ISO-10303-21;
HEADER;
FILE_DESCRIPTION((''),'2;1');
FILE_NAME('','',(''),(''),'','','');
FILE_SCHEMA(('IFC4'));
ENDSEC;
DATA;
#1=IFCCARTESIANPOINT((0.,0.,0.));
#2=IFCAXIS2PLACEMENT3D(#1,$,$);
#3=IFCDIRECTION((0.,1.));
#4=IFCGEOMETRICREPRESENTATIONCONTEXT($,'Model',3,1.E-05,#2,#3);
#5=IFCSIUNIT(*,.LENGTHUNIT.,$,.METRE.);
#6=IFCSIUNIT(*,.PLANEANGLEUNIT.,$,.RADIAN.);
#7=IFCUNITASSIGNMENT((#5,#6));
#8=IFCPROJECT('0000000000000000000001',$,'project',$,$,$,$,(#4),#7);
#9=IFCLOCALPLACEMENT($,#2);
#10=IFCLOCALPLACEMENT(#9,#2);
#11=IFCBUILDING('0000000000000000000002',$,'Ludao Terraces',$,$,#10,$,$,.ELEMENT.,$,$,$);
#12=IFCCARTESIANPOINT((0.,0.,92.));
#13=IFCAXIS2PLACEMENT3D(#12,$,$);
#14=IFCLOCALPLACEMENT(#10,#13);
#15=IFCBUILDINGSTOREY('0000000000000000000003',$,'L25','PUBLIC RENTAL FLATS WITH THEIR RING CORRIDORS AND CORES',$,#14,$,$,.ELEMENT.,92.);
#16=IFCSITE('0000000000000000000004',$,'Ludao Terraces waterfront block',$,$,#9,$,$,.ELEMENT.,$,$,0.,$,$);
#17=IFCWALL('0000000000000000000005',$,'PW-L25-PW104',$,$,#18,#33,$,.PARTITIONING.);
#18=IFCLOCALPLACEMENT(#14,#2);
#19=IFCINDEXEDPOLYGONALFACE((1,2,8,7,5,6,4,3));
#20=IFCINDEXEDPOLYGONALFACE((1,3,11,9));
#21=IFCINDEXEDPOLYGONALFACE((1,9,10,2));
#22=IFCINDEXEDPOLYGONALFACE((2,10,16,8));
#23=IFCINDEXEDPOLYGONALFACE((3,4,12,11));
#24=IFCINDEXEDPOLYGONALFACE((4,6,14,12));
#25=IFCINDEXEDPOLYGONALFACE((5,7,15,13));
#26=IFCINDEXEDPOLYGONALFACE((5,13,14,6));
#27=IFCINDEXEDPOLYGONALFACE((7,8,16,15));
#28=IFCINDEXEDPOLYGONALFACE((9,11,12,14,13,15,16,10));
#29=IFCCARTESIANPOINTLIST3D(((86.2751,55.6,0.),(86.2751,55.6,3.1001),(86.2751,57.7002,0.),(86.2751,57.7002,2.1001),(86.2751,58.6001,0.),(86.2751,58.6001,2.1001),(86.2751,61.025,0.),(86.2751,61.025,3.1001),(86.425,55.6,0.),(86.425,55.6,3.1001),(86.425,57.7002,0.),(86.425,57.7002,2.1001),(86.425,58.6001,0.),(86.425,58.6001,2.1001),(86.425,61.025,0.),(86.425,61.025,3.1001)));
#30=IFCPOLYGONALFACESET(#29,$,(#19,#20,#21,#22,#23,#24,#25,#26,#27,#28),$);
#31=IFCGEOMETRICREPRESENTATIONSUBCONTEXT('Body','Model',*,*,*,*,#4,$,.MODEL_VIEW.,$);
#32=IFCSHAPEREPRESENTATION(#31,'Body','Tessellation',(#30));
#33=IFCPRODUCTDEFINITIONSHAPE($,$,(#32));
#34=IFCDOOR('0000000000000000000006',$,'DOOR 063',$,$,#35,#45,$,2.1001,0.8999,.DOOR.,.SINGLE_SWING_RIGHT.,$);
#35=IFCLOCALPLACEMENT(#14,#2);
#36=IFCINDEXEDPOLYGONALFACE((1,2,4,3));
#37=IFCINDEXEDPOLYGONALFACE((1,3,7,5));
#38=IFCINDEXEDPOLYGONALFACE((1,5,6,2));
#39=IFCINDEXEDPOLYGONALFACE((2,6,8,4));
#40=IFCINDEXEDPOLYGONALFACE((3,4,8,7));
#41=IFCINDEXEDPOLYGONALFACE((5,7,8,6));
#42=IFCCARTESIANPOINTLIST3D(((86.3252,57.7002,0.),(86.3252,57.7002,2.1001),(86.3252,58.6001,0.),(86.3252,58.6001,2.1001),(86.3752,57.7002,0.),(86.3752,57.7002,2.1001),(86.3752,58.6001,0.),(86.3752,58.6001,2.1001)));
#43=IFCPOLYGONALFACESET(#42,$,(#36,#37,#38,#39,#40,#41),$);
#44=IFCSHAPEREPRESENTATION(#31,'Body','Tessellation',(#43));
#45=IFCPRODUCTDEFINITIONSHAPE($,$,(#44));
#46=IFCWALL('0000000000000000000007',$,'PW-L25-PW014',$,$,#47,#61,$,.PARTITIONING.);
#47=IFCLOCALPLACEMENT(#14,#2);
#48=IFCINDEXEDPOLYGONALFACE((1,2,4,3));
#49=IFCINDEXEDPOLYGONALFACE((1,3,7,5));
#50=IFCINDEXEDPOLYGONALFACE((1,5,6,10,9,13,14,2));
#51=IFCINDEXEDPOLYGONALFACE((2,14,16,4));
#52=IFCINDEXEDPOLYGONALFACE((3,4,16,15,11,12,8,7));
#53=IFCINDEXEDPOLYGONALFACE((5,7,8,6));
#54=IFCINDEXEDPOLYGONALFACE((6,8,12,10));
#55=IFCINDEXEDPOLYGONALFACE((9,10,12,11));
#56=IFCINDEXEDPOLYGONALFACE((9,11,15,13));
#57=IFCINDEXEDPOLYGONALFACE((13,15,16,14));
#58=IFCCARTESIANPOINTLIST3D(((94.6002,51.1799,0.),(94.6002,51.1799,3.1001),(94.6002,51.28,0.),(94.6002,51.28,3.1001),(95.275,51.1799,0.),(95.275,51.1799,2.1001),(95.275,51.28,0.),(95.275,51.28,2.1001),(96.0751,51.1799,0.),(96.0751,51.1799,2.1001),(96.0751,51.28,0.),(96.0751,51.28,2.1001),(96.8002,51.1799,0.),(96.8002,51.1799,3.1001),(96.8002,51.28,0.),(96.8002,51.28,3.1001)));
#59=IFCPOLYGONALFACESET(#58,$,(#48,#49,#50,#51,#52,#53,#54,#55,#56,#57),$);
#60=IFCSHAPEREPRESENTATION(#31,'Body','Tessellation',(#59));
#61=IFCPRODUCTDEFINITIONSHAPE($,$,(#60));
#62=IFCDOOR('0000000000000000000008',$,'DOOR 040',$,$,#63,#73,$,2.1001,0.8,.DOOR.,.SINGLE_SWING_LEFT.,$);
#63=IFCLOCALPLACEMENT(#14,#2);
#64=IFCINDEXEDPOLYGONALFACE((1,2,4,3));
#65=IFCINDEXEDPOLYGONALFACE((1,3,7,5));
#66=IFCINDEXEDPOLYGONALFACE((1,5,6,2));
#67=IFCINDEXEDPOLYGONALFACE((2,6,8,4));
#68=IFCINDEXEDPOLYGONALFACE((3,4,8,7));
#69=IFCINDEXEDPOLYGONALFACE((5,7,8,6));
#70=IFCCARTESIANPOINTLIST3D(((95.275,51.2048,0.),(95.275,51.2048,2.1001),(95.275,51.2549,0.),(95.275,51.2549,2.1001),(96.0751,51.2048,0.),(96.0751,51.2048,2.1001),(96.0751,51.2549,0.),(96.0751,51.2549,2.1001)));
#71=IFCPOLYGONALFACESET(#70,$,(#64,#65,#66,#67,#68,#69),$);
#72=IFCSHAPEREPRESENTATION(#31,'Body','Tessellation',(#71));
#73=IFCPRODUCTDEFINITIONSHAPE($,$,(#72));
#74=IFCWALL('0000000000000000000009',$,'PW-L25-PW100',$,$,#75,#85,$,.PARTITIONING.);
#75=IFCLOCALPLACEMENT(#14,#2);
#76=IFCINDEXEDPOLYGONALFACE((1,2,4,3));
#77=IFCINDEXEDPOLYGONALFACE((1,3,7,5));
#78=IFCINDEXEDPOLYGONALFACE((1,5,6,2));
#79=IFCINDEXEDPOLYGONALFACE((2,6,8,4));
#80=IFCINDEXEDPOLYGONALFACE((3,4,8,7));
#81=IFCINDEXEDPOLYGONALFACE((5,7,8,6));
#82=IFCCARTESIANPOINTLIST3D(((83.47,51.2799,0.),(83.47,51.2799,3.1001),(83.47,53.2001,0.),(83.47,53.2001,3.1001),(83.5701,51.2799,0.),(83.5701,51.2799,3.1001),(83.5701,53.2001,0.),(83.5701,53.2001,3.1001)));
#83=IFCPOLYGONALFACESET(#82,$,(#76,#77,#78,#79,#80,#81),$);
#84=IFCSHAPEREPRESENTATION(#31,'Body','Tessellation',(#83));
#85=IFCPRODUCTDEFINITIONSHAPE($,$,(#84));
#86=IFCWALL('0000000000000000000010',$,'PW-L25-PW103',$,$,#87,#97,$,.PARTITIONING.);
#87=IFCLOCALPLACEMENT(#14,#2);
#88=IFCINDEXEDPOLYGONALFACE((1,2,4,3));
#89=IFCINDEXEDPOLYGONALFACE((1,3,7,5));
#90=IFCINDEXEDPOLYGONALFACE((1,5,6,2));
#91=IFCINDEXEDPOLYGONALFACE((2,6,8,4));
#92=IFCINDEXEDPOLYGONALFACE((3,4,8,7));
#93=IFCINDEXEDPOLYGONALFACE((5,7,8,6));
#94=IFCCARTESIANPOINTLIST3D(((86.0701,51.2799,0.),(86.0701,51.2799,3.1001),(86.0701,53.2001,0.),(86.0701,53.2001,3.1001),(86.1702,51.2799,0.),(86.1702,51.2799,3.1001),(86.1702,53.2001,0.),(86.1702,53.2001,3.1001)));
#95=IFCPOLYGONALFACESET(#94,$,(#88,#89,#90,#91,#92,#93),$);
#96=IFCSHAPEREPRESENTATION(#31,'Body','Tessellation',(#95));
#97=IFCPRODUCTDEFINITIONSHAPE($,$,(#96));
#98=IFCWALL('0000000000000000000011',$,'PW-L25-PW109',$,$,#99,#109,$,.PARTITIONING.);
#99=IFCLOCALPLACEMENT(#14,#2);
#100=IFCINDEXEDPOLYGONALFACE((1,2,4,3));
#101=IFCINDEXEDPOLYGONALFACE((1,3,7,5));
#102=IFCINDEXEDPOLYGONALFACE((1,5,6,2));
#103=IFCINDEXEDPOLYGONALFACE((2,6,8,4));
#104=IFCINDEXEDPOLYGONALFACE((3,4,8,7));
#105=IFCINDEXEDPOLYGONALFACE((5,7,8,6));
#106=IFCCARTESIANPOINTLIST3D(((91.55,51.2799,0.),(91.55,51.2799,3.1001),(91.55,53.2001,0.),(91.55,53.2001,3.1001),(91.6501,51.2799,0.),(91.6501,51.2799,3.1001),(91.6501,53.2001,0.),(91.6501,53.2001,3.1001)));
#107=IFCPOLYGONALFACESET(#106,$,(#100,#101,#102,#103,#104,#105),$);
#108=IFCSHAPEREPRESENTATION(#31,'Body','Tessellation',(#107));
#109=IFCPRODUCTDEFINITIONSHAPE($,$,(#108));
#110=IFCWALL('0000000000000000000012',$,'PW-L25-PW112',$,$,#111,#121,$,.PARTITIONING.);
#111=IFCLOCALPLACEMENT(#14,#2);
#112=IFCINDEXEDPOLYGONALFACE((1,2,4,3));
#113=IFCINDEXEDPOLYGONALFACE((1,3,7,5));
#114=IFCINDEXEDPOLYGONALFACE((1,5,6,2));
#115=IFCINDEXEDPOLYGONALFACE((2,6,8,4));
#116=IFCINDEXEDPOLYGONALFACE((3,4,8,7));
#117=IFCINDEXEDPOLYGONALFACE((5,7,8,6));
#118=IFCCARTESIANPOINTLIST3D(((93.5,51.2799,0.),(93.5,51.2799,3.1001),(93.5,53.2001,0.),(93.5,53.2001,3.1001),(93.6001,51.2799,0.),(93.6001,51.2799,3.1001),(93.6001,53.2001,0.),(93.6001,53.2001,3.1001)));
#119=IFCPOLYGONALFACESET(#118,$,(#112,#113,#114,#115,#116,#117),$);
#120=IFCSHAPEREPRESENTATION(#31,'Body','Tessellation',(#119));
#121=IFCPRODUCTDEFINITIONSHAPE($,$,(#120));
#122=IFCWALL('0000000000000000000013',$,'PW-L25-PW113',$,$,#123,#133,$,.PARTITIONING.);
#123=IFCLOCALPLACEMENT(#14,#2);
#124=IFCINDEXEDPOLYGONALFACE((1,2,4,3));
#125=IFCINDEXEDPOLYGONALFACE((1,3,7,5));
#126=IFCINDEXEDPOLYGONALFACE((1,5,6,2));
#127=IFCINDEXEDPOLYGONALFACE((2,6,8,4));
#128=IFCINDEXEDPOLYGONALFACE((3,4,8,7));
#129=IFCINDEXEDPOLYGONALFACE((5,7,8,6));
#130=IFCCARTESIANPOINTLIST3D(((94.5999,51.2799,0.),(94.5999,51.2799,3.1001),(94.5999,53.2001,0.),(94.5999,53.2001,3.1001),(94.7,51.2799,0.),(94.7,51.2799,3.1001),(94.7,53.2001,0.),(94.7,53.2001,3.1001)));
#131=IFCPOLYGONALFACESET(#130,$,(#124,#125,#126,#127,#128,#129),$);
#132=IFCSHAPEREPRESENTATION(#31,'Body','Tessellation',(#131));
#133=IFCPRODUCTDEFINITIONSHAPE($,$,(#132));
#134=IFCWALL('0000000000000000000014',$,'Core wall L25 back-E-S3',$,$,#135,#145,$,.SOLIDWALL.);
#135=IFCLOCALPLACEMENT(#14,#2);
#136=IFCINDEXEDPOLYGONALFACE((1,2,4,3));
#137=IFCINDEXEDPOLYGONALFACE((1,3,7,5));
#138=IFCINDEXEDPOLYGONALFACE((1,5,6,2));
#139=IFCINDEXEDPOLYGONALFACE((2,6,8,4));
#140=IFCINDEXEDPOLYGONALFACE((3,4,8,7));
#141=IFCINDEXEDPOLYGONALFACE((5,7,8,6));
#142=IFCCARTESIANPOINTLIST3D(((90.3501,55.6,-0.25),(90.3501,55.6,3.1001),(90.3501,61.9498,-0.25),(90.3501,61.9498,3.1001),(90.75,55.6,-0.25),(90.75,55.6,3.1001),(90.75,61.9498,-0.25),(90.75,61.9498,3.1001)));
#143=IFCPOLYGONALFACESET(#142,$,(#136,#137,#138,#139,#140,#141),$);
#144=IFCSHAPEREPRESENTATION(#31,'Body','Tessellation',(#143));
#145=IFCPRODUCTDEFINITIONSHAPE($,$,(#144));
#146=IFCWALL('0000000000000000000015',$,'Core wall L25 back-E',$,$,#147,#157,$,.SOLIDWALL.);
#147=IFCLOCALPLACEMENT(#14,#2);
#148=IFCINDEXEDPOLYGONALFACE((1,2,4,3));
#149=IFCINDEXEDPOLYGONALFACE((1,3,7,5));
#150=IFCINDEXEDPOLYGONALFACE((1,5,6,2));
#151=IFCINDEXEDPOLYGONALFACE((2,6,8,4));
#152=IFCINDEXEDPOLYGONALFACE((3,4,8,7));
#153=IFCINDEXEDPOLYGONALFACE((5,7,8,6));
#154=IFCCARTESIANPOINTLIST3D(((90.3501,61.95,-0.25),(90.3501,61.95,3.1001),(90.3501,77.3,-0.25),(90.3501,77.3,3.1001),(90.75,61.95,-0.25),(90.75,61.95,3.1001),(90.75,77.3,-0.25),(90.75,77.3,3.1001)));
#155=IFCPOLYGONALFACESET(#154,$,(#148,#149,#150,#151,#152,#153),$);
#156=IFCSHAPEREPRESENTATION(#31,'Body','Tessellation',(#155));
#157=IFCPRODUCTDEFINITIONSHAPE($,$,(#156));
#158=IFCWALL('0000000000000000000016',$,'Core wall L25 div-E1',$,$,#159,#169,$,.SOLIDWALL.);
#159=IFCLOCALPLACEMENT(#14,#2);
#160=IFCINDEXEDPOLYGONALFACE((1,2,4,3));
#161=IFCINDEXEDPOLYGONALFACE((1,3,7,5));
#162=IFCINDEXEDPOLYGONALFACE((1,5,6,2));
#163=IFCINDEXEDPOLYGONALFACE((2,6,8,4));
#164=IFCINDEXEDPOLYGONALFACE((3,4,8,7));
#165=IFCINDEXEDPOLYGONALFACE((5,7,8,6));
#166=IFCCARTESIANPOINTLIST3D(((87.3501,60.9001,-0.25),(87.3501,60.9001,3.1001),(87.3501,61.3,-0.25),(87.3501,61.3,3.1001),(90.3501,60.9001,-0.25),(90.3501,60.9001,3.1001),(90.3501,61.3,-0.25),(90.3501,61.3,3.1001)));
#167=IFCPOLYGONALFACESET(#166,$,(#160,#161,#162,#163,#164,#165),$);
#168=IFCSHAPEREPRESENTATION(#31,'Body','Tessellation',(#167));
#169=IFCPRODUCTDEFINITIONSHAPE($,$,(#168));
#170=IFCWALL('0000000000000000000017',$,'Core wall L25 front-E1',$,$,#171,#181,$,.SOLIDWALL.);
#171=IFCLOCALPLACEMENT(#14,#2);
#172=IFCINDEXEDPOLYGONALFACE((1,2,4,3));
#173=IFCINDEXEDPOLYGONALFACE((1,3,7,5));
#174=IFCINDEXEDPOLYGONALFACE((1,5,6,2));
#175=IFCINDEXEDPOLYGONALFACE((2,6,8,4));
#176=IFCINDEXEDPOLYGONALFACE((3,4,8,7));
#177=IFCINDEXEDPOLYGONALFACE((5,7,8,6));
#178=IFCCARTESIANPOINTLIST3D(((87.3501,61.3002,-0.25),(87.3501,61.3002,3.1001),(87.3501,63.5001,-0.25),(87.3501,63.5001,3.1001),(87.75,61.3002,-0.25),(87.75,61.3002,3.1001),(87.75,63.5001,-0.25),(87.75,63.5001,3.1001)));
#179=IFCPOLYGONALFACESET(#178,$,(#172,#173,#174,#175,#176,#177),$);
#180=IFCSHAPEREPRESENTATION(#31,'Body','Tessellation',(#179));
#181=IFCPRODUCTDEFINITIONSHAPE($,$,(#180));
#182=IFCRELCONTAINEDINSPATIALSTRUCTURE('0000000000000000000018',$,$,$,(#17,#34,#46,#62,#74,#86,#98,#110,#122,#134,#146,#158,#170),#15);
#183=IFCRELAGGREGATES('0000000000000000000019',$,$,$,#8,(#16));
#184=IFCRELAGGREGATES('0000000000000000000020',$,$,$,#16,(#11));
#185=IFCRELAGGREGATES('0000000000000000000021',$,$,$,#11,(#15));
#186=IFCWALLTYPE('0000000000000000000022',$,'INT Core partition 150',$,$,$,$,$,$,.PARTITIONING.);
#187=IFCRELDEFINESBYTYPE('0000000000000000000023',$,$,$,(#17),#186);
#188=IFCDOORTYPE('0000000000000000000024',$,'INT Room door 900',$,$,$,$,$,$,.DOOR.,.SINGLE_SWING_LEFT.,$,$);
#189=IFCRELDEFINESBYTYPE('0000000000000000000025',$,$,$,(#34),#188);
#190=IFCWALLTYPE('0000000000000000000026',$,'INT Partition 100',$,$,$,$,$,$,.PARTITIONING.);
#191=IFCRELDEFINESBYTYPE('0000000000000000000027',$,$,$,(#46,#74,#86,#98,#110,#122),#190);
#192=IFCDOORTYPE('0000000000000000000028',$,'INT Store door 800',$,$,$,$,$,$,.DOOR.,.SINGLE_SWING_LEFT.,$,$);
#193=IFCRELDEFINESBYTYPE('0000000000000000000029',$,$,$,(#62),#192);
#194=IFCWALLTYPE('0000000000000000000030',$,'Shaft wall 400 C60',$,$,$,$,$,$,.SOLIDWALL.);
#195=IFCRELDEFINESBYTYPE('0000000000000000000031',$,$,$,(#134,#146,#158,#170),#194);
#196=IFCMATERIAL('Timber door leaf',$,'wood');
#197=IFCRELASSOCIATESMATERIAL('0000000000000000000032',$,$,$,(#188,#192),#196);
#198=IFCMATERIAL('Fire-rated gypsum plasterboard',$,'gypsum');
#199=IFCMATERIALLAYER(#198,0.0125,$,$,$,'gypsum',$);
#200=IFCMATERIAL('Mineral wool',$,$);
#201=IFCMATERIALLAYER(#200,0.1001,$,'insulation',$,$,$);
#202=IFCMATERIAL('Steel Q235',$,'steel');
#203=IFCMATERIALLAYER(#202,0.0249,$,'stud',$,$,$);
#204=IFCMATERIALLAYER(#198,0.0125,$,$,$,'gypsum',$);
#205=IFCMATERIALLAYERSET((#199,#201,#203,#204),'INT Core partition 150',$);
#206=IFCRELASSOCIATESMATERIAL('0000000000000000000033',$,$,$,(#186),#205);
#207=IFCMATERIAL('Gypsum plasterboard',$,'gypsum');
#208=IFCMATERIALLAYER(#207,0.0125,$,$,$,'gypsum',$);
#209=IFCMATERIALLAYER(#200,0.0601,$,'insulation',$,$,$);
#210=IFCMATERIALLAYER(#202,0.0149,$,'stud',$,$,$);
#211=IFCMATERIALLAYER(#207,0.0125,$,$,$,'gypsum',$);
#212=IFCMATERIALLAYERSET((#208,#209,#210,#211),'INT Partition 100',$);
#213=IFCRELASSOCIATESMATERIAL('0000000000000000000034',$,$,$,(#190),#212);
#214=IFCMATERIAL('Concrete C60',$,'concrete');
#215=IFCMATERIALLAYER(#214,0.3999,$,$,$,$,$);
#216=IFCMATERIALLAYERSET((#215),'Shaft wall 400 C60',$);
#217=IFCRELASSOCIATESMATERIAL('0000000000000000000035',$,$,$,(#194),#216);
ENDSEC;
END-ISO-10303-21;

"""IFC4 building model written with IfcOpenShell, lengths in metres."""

from ifc_helpers import new_model, si_unit, direction, frame, frame_2d, origin, place, context, subcontext, project, spatial, rectangle, extrude, material, layer, layer_set, type_object, element, fill, save


model = new_model("IFC4")

# Units and contexts
model_context = context("Model", 3, precision=1e-05, world=origin(), true_north=direction((0.0, 1.0)))
body_context = subcontext(model_context, "Body", "Model", "MODEL_VIEW")
ifc_project = project(units=[si_unit("LENGTHUNIT", "METRE"), si_unit("PLANEANGLEUNIT", "RADIAN")], contexts=[model_context])

# Site, building, storey
site_placement = place(None, origin())
site = spatial("IfcSite", under=ifc_project, at=site_placement, Name="Ludao Terraces waterfront block", CompositionType="ELEMENT", RefElevation=0.0)
building_placement = place(site_placement, origin())
building = spatial("IfcBuilding", under=site, at=building_placement, Name="Ludao Terraces", CompositionType="ELEMENT")
storey_placement = place(building_placement, frame((0.0, 0.0, 92.0)))
storey = spatial("IfcBuildingStorey", under=building, at=storey_placement, Name="L25", Description="PUBLIC RENTAL FLATS WITH THEIR RING CORRIDORS AND CORES", CompositionType="ELEMENT", Elevation=92.0)

# Shared definitions
ifc_material_1 = material(Name="Steel Q235", Category="steel")

# Shared definitions
ifc_material_2 = material(Name="Timber door leaf", Category="wood")
door_type_1 = type_object("IfcDoorType", Name="INT Room door 900", OperationType="SINGLE_SWING_LEFT", PredefinedType="DOOR", material=ifc_material_2)

# Walls, openings, doors
ifc_material_3 = material(Name="Fire-rated gypsum plasterboard", Category="gypsum")
ifc_layer_1 = layer(ifc_material_3, 0.0125, Category="gypsum")
ifc_material_4 = material(Name="Mineral wool")
ifc_layer_2 = layer(ifc_material_4, 0.1001, Name="insulation")
ifc_layer_3 = layer(ifc_material_1, 0.0249, Name="stud")
ifc_layer_4 = layer(ifc_material_3, 0.0125, Category="gypsum")
ifc_layer_set_1 = layer_set([ifc_layer_1, ifc_layer_2, ifc_layer_3, ifc_layer_4], Name="INT Core partition 150")
wall_type_1 = type_object("IfcWallType", Name="INT Core partition 150", PredefinedType="PARTITIONING", material=ifc_layer_set_1)
wall_1_placement = place(storey_placement, frame((86.3501, 55.6001, 0.0), z_axis=(0.0, 0.0, 1.0), x_axis=(0.0, 1.0, 0.0)))
wall_1 = element("IfcWall", 1, at=wall_1_placement, inside=storey, type_object=wall_type_1, Name="PW-L25-PW104", PredefinedType="PARTITIONING", context=body_context, shape_type="SweptSolid", body=[
    extrude(rectangle(XDim=5.425, YDim=0.1499, at=frame_2d((2.7124, 0.0))), origin(), (0.0, 0.0, 1.0), 3.1001),
])
opening_1_placement = place(wall_1_placement, frame((2.1001, 0.0, 0.0)))
opening_1 = element("IfcOpeningElement", 2, at=opening_1_placement, cuts=wall_1, PredefinedType="OPENING", context=body_context, shape_type="SweptSolid", body=[
    extrude(rectangle(XDim=0.8999, YDim=2.1001, at=frame_2d((0.45, 1.05))), frame((0.0, 0.085, 0.0), z_axis=(0.0, -1.0, 0.0), x_axis=(1.0, 0.0, 0.0)), (0.0, 0.0, 1.0), 0.1699),
])
door_1_placement = place(opening_1_placement, origin())
door_1 = element("IfcDoor", 3, at=door_1_placement, inside=storey, type_object=door_type_1, Name="DOOR 063", OperationType="SINGLE_SWING_RIGHT", OverallHeight=2.1001, OverallWidth=0.8999, PredefinedType="DOOR", context=body_context, shape_type="SweptSolid", body=[
    extrude(rectangle(XDim=0.8999, YDim=2.1001, at=frame_2d((0.45, 1.05))), frame((0.0, 0.0249, 0.0), z_axis=(0.0, -1.0, 0.0), x_axis=(1.0, 0.0, 0.0)), (0.0, 0.0, 1.0), 0.05),
])
fill(opening_1, door_1)
ifc_material_5 = material(Name="Gypsum plasterboard", Category="gypsum")
ifc_layer_5 = layer(ifc_material_5, 0.0125, Category="gypsum")
ifc_layer_6 = layer(ifc_material_4, 0.0601, Name="insulation")
ifc_layer_7 = layer(ifc_material_1, 0.0149, Name="stud")
ifc_layer_8 = layer(ifc_material_5, 0.0125, Category="gypsum")
ifc_layer_set_2 = layer_set([ifc_layer_5, ifc_layer_6, ifc_layer_7, ifc_layer_8], Name="INT Partition 100")
wall_type_2 = type_object("IfcWallType", Name="INT Partition 100", PredefinedType="PARTITIONING", material=ifc_layer_set_2)
wall_2_placement = place(storey_placement, frame((94.6001, 51.23, 0.0), z_axis=(0.0, 0.0, 1.0), x_axis=(1.0, 0.0, 0.0)))
wall_2 = element("IfcWall", 4, at=wall_2_placement, inside=storey, type_object=wall_type_2, Name="PW-L25-PW014", PredefinedType="PARTITIONING", context=body_context, shape_type="SweptSolid", body=[
    extrude(rectangle(XDim=2.2, YDim=0.1001, at=frame_2d((1.1001, 0.0))), origin(), (0.0, 0.0, 1.0), 3.1001),
])
opening_2_placement = place(wall_2_placement, frame((0.675, 0.0, 0.0)))
opening_2 = element("IfcOpeningElement", 5, at=opening_2_placement, cuts=wall_2, PredefinedType="OPENING", context=body_context, shape_type="SweptSolid", body=[
    extrude(rectangle(XDim=0.8, YDim=2.1001, at=frame_2d((0.3999, 1.05))), frame((0.0, 0.0601, 0.0), z_axis=(0.0, -1.0, 0.0), x_axis=(1.0, 0.0, 0.0)), (0.0, 0.0, 1.0), 0.1201),
])
door_type_2 = type_object("IfcDoorType", Name="INT Store door 800", OperationType="SINGLE_SWING_LEFT", PredefinedType="DOOR", material=ifc_material_2)
door_2_placement = place(opening_2_placement, origin())
door_2 = element("IfcDoor", 6, at=door_2_placement, inside=storey, type_object=door_type_2, Name="DOOR 040", OperationType="SINGLE_SWING_LEFT", OverallHeight=2.1001, OverallWidth=0.8, PredefinedType="DOOR", context=body_context, shape_type="SweptSolid", body=[
    extrude(rectangle(XDim=0.8, YDim=2.1001, at=frame_2d((0.3999, 1.05))), frame((0.0, 0.0249, 0.0), z_axis=(0.0, -1.0, 0.0), x_axis=(1.0, 0.0, 0.0)), (0.0, 0.0, 1.0), 0.05),
])
fill(opening_2, door_2)

# Walls
for number, where, z_axis, x_axis, name in (
    (7, (83.52, 51.28, 0.0), (0.0, 0.0, 1.0), (0.0, 1.0, 0.0), "PW-L25-PW100"),
    (8, (86.1201, 51.28, 0.0), (0.0, 0.0, 1.0), (0.0, 1.0, 0.0), "PW-L25-PW103"),
    (9, (91.6001, 51.28, 0.0), (0.0, 0.0, 1.0), (0.0, 1.0, 0.0), "PW-L25-PW109"),
    (10, (93.55, 51.28, 0.0), (0.0, 0.0, 1.0), (0.0, 1.0, 0.0), "PW-L25-PW112"),
    (11, (94.6499, 51.28, 0.0), (0.0, 0.0, 1.0), (0.0, 1.0, 0.0), "PW-L25-PW113"),
):
    element("IfcWall", number, at=place(storey_placement, frame(where, z_axis=z_axis, x_axis=x_axis)), inside=storey, type_object=wall_type_2, Name=name, PredefinedType="PARTITIONING", context=body_context, shape_type="SweptSolid", body=[
        extrude(rectangle(XDim=1.9202, YDim=0.1001, at=frame_2d((0.96, 0.0))), origin(), (0.0, 0.0, 1.0), 3.1001),
    ])
ifc_material_6 = material(Name="Concrete C60", Category="concrete")
ifc_layer_9 = layer(ifc_material_6, 0.3999)
ifc_layer_set_3 = layer_set([ifc_layer_9], Name="Shaft wall 400 C60")
wall_type_3 = type_object("IfcWallType", Name="Shaft wall 400 C60", PredefinedType="SOLIDWALL", material=ifc_layer_set_3)
wall_3_placement = place(storey_placement, frame((90.55, 55.6001, -0.25), z_axis=(0.0, 0.0, 1.0), x_axis=(0.0, 1.0, 0.0)))
element("IfcWall", 12, at=wall_3_placement, inside=storey, type_object=wall_type_3, Name="Core wall L25 back-E-S3", PredefinedType="SOLIDWALL", context=body_context, shape_type="SweptSolid", body=[
    extrude(rectangle(XDim=6.3499, YDim=0.3999, at=frame_2d((3.1748, 0.0))), origin(), (0.0, 0.0, 1.0), 3.3501),
])
wall_4_placement = place(storey_placement, frame((90.55, 61.95, -0.25), z_axis=(0.0, 0.0, 1.0), x_axis=(0.0, 1.0, 0.0)))
element("IfcWall", 13, at=wall_4_placement, inside=storey, type_object=wall_type_3, Name="Core wall L25 back-E", PredefinedType="SOLIDWALL", context=body_context, shape_type="SweptSolid", body=[
    extrude(rectangle(XDim=15.3501, YDim=0.3999, at=frame_2d((7.675, 0.0))), origin(), (0.0, 0.0, 1.0), 3.3501),
])
wall_5_placement = place(storey_placement, frame((87.3501, 61.1001, -0.25), z_axis=(0.0, 0.0, 1.0), x_axis=(1.0, 0.0, 0.0)))
element("IfcWall", 14, at=wall_5_placement, inside=storey, type_object=wall_type_3, Name="Core wall L25 div-E1", PredefinedType="SOLIDWALL", context=body_context, shape_type="SweptSolid", body=[
    extrude(rectangle(XDim=3.0, YDim=0.3999, at=frame_2d((1.5, 0.0))), origin(), (0.0, 0.0, 1.0), 3.3501),
])
wall_6_placement = place(storey_placement, frame((87.55, 61.3, -0.25), z_axis=(0.0, 0.0, 1.0), x_axis=(0.0, 1.0, 0.0)))
element("IfcWall", 15, at=wall_6_placement, inside=storey, type_object=wall_type_3, Name="Core wall L25 front-E1", PredefinedType="SOLIDWALL", context=body_context, shape_type="SweptSolid", body=[
    extrude(rectangle(XDim=2.2, YDim=0.3999, at=frame_2d((1.1001, 0.0))), origin(), (0.0, 0.0, 1.0), 3.3501),
])

save(model, "model.ifc")
